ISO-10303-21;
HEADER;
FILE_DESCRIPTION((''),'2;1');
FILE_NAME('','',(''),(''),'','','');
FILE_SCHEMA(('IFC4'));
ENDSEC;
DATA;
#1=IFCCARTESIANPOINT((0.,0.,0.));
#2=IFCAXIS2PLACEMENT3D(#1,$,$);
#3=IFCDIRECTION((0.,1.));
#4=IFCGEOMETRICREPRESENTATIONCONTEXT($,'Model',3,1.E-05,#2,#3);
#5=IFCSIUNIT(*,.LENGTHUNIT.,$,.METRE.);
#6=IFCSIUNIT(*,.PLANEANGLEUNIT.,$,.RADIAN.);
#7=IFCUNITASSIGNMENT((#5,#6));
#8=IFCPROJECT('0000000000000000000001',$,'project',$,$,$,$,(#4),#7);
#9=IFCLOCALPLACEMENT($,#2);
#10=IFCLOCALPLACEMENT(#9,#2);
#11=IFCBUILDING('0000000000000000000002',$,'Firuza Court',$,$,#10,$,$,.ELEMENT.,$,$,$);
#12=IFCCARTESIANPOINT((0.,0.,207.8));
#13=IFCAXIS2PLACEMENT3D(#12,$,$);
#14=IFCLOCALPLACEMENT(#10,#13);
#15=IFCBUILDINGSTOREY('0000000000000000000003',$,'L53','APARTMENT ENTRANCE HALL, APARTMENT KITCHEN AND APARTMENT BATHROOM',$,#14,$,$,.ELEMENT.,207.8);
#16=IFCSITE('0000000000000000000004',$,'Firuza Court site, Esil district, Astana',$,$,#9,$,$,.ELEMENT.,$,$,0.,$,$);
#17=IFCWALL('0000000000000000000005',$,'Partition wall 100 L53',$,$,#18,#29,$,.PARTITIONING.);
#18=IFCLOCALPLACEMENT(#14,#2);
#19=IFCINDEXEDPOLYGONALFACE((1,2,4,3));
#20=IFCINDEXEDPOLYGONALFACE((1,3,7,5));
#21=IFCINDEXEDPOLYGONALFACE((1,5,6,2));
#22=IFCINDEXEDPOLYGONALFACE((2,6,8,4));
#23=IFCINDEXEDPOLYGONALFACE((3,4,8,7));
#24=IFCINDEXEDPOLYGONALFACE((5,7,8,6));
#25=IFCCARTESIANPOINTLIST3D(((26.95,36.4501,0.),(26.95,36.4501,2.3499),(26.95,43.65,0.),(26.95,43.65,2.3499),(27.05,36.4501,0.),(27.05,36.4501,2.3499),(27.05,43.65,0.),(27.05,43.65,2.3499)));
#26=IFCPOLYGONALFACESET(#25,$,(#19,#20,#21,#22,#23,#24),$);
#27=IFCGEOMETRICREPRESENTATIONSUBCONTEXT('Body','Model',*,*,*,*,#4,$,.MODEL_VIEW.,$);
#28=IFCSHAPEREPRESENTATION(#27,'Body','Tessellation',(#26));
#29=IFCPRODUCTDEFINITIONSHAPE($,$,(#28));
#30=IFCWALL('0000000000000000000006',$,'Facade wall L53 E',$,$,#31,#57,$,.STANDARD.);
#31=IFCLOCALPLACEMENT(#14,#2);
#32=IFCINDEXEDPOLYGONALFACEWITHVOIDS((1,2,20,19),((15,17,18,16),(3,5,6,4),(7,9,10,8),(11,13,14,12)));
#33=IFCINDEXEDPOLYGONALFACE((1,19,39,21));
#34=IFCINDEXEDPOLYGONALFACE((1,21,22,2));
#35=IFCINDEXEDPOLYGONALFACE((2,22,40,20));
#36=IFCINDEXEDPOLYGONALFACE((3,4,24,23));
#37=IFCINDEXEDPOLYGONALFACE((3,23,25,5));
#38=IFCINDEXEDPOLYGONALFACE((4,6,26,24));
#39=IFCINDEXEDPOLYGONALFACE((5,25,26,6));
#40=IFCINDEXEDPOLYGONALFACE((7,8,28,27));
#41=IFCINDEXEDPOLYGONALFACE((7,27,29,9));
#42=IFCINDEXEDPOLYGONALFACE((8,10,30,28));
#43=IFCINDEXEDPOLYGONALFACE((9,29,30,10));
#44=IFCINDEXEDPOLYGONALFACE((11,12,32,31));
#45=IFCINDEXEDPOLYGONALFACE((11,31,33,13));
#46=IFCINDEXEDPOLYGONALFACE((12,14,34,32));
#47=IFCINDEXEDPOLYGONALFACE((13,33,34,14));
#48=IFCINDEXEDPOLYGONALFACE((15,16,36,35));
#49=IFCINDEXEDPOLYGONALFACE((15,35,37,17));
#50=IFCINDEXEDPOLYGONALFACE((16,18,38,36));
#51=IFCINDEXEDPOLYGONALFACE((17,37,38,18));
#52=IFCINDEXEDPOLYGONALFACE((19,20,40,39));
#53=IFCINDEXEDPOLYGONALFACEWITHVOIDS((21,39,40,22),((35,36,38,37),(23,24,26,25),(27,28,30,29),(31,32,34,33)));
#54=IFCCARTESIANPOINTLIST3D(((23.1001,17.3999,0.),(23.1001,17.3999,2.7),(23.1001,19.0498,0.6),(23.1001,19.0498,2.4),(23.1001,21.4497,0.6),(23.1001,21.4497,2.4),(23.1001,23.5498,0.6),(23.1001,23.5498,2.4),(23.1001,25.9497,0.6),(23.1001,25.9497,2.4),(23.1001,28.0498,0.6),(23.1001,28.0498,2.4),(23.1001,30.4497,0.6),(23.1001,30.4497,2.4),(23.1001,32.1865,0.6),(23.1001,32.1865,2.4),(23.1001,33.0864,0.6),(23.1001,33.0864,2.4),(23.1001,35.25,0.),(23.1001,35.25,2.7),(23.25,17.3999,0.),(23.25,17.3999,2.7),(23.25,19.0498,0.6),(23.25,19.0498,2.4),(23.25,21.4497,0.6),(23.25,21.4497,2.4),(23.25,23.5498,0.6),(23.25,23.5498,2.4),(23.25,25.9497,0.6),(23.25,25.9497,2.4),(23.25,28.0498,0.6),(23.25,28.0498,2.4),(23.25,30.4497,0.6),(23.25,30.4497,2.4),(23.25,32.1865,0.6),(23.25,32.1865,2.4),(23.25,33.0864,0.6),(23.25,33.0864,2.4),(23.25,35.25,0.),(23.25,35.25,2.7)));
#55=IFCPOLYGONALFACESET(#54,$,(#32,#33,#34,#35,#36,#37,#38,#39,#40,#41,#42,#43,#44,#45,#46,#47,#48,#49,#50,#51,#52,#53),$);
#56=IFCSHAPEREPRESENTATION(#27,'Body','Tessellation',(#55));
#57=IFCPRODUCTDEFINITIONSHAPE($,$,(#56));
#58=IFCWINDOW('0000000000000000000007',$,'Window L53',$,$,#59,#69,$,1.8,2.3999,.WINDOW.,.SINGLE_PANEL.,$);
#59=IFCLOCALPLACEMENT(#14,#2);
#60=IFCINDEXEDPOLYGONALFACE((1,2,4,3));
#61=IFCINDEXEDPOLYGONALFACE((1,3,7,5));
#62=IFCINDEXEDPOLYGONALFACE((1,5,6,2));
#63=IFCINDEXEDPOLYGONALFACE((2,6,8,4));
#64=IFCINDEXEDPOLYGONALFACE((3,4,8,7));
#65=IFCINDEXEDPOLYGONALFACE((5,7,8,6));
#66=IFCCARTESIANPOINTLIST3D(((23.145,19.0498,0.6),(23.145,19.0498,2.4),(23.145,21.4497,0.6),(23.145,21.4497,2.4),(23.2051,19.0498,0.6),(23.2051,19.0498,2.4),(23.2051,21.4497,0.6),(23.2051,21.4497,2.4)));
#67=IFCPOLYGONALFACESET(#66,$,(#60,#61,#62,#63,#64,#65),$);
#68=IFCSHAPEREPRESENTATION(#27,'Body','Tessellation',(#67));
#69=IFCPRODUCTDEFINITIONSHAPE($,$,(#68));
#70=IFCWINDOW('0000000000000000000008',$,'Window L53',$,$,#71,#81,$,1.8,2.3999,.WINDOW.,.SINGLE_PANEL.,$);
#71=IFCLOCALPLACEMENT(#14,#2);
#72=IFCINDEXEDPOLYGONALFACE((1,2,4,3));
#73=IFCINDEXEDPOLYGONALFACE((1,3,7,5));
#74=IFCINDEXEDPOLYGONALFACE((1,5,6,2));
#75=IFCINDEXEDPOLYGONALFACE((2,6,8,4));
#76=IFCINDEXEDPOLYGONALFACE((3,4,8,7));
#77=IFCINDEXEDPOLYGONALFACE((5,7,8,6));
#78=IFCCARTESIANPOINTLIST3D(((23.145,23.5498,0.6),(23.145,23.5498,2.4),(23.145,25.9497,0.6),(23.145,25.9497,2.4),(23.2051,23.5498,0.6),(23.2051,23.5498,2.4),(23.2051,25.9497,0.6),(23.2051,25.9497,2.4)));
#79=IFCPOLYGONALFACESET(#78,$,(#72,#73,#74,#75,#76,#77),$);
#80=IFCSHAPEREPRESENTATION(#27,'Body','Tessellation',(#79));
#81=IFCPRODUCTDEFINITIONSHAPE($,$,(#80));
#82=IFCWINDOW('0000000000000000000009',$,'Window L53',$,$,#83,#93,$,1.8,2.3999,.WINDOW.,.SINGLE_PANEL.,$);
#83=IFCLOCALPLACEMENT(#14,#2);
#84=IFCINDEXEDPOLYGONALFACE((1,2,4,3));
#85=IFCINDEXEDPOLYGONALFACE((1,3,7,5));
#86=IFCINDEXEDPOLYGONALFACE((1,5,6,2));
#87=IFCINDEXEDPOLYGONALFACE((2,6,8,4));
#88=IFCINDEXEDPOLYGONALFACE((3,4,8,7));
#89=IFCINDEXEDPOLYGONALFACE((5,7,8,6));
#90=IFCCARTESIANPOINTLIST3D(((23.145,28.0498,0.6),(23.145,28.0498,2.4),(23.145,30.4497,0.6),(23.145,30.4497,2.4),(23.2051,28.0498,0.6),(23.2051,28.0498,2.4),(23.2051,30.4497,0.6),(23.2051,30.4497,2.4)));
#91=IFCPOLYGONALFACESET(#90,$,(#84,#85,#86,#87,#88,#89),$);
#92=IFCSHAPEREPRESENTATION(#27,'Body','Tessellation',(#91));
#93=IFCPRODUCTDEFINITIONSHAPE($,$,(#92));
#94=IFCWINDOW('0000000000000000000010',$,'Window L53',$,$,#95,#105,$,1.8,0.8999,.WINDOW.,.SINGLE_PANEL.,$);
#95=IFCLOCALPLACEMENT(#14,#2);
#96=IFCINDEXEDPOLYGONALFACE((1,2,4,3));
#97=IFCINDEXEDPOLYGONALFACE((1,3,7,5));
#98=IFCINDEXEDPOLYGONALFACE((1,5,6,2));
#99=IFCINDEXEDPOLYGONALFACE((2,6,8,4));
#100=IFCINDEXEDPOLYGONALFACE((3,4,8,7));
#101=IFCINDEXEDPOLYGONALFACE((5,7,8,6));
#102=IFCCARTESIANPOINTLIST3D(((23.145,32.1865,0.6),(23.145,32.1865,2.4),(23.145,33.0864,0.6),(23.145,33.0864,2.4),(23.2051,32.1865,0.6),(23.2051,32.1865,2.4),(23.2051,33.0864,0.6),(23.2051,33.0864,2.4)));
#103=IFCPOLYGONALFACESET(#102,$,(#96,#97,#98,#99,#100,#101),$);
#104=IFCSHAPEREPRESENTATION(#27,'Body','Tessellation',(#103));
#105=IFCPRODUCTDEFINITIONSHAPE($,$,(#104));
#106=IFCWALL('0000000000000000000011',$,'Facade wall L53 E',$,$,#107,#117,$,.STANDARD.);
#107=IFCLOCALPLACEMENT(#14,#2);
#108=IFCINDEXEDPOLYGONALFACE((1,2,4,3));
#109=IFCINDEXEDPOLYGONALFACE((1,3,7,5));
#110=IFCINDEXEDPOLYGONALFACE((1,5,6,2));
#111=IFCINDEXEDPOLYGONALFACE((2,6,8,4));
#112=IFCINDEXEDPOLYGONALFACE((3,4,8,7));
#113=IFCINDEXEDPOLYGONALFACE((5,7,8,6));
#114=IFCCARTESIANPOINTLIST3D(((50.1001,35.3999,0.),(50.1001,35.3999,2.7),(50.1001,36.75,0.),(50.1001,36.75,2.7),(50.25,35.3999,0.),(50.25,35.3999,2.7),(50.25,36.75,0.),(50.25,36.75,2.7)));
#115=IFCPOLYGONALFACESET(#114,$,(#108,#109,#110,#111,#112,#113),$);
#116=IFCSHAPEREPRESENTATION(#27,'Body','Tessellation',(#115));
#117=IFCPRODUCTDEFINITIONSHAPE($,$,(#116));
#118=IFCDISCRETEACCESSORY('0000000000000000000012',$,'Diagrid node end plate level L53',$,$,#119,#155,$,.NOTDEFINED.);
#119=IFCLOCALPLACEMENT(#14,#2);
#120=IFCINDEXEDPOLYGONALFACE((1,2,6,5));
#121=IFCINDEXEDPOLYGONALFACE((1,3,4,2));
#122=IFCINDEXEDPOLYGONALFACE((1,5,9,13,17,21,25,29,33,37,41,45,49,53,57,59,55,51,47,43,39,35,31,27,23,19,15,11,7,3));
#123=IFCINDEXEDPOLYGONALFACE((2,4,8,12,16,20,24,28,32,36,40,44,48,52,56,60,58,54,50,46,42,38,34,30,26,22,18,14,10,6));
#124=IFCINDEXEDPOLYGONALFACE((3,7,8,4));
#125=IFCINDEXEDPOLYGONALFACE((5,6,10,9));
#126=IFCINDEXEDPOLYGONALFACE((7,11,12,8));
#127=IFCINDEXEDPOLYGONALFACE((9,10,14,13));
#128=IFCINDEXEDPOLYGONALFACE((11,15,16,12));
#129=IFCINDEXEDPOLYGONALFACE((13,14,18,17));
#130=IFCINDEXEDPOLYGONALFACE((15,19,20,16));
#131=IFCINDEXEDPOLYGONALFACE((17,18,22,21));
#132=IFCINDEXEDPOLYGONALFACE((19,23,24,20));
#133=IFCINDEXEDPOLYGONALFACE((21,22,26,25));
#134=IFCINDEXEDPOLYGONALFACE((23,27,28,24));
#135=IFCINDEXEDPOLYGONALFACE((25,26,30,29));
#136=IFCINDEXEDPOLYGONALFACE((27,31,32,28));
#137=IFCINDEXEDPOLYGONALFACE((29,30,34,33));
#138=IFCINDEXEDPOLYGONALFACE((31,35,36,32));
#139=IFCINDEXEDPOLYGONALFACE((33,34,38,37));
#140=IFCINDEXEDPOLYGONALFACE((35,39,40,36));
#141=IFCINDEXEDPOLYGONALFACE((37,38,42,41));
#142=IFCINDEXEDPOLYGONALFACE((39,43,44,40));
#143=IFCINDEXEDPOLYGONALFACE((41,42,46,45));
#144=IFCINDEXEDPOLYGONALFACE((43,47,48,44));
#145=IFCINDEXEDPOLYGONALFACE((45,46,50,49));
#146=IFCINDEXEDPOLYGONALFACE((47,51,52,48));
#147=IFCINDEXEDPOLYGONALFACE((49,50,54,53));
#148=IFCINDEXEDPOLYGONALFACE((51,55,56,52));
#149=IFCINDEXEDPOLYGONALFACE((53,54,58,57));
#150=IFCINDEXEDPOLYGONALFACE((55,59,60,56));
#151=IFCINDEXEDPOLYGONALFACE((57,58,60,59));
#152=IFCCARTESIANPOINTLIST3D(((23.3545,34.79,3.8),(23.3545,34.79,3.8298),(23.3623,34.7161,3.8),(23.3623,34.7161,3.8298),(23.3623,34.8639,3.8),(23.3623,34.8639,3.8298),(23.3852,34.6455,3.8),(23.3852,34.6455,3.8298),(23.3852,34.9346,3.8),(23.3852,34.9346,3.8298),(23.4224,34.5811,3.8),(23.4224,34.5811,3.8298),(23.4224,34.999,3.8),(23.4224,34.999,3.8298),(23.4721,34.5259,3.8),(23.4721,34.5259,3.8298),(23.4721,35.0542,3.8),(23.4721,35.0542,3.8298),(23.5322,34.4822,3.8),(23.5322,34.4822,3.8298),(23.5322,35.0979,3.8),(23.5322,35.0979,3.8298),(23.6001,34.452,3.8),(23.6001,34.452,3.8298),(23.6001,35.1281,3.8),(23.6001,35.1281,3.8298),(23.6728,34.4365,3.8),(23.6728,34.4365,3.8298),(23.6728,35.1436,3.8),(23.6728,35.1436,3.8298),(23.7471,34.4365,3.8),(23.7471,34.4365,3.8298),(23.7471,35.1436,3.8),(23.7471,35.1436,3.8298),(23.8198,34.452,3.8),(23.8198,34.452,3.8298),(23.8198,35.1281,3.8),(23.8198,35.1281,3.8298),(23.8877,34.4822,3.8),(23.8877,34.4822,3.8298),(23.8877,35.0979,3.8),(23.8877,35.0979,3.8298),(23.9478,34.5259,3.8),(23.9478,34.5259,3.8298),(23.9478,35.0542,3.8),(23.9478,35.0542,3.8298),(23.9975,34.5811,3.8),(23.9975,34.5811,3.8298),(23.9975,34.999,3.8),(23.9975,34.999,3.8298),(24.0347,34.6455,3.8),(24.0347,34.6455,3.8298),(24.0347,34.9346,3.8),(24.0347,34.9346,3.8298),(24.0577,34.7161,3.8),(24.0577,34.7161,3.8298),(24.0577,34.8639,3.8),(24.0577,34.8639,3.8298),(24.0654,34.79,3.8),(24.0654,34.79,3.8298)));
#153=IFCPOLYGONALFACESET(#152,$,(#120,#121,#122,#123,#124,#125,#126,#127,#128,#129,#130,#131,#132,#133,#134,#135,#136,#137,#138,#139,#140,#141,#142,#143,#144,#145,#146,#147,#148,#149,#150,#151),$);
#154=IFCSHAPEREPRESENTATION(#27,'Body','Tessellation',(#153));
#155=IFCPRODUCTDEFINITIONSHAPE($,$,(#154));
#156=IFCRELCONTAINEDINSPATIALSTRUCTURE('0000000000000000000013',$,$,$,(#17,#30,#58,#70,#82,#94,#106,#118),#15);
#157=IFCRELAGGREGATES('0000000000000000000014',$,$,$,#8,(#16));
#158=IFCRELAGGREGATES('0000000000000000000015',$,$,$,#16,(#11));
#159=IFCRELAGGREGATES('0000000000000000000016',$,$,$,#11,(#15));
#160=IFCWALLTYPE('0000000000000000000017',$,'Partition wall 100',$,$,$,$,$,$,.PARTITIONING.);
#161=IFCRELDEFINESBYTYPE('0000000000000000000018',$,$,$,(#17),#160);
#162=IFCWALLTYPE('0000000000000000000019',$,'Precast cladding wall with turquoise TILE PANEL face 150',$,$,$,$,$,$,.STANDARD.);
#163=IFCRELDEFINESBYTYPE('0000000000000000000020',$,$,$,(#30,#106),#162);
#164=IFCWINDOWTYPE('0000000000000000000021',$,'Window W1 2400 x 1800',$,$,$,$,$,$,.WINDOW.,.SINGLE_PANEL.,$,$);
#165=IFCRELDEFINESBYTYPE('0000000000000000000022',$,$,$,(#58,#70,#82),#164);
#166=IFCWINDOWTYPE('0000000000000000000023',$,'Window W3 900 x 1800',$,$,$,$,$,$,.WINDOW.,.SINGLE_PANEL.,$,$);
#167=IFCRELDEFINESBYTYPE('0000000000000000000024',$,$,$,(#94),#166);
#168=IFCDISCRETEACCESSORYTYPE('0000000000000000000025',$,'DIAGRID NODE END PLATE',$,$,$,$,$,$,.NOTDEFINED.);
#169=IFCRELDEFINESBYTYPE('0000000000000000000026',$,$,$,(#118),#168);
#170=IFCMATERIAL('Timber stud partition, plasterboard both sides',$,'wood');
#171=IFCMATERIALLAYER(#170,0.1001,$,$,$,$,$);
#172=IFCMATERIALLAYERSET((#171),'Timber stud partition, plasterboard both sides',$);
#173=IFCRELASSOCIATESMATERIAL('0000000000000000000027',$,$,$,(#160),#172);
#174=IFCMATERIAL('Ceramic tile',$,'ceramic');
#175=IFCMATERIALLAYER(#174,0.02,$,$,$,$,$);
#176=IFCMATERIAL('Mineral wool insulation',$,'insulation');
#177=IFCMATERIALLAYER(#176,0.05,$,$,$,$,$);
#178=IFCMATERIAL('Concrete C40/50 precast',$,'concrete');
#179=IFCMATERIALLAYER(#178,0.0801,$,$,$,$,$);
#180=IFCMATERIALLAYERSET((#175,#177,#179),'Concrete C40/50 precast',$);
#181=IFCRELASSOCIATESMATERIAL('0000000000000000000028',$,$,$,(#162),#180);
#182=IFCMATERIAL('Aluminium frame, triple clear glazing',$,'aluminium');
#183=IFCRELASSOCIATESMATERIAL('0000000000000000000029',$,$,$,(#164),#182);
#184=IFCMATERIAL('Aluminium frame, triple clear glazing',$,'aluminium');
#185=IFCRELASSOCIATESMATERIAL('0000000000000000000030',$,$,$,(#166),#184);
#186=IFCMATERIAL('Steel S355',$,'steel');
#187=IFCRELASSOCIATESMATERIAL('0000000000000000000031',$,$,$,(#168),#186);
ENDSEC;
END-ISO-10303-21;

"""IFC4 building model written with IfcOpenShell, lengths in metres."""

from ifc_helpers import new_model, si_unit, direction, frame, frame_2d, origin, origin_2d, place, context, subcontext, project, spatial, rectangle, circle, extrude, material, layer, layer_set, material_profile, profile_set, type_object, element, fill, save


model = new_model("IFC4")

# Units and contexts
model_context = context("Model", 3, precision=1e-05, world=origin(), true_north=direction((0.0, 1.0)))
body_context = subcontext(model_context, "Body", "Model", "MODEL_VIEW")
ifc_project = project(units=[si_unit("LENGTHUNIT", "METRE"), si_unit("PLANEANGLEUNIT", "RADIAN")], contexts=[model_context])

# Site, building, storey
site_placement = place(None, origin())
site = spatial("IfcSite", under=ifc_project, at=site_placement, Name="Firuza Court site, Esil district, Astana", CompositionType="ELEMENT", RefElevation=0.0)
building_placement = place(site_placement, origin())
building = spatial("IfcBuilding", under=site, at=building_placement, Name="Firuza Court", CompositionType="ELEMENT")
storey_placement = place(building_placement, frame((0.0, 0.0, 207.8)))
storey = spatial("IfcBuildingStorey", under=building, at=storey_placement, Name="L53", Description="APARTMENT ENTRANCE HALL, APARTMENT KITCHEN AND APARTMENT BATHROOM", CompositionType="ELEMENT", Elevation=207.8)

# Wall
ifc_material_1 = material(Name="Timber stud partition, plasterboard both sides", Category="wood")
ifc_layer_1 = layer(ifc_material_1, 0.1001)
ifc_layer_set_1 = layer_set([ifc_layer_1], Name="Timber stud partition, plasterboard both sides")
wall_type_1 = type_object("IfcWallType", Name="Partition wall 100", PredefinedType="PARTITIONING", material=ifc_layer_set_1)
wall_1_placement = place(storey_placement, frame((27.0, 36.45, 0.0), z_axis=(0.0, 0.0, 1.0), x_axis=(0.0, 1.0, 0.0)))
element("IfcWall", 1, at=wall_1_placement, inside=storey, type_object=wall_type_1, Name="Partition wall 100 L53", PredefinedType="PARTITIONING", context=body_context, shape_type="SweptSolid", body=[
    extrude(rectangle(XDim=7.2, YDim=0.1001, at=frame_2d((3.6001, 0.0))), origin(), (0.0, 0.0, 1.0), 2.3499),
])

# Wall, openings, windows
ifc_material_2 = material(Name="Ceramic tile", Category="ceramic")
ifc_layer_2 = layer(ifc_material_2, 0.02)
ifc_material_3 = material(Name="Mineral wool insulation", Category="insulation")
ifc_layer_3 = layer(ifc_material_3, 0.05)
ifc_material_4 = material(Name="Concrete C40/50 precast", Category="concrete")
ifc_layer_4 = layer(ifc_material_4, 0.0801)
ifc_layer_set_2 = layer_set([ifc_layer_2, ifc_layer_3, ifc_layer_4], Name="Concrete C40/50 precast")
wall_type_2 = type_object("IfcWallType", Name="Precast cladding wall with turquoise TILE PANEL face 150", PredefinedType="STANDARD", material=ifc_layer_set_2)
wall_2_placement = place(storey_placement, frame((23.175, 17.3999, 0.0), z_axis=(0.0, 0.0, 1.0), x_axis=(0.0, 1.0, 0.0)))
wall_2 = element("IfcWall", 2, at=wall_2_placement, inside=storey, type_object=wall_type_2, Name="Facade wall L53 E", PredefinedType="STANDARD", context=body_context, shape_type="SweptSolid", body=[
    extrude(rectangle(XDim=17.8501, YDim=0.1499, at=frame_2d((8.925, 0.0))), origin(), (0.0, 0.0, 1.0), 2.7),
])
opening_1_placement = place(wall_2_placement, frame((1.6499, 0.0, 0.6001)))
opening_1 = element("IfcOpeningElement", 3, at=opening_1_placement, cuts=wall_2, PredefinedType="OPENING", context=body_context, shape_type="SweptSolid", body=[
    extrude(rectangle(XDim=2.3999, YDim=1.8, at=frame_2d((1.2, 0.8999))), frame((0.0, 0.0869, 0.0), z_axis=(0.0, -1.0, 0.0), x_axis=(1.0, 0.0, 0.0)), (0.0, 0.0, 1.0), 0.1738),
])
opening_2_placement = place(wall_2_placement, frame((6.1499, 0.0, 0.6001)))
opening_2 = element("IfcOpeningElement", 4, at=opening_2_placement, cuts=wall_2, PredefinedType="OPENING", context=body_context, shape_type="SweptSolid", body=[
    extrude(rectangle(XDim=2.3999, YDim=1.8, at=frame_2d((1.2, 0.8999))), frame((0.0, 0.0869, 0.0), z_axis=(0.0, -1.0, 0.0), x_axis=(1.0, 0.0, 0.0)), (0.0, 0.0, 1.0), 0.1738),
])
opening_3_placement = place(wall_2_placement, frame((10.6499, 0.0, 0.6001)))
opening_3 = element("IfcOpeningElement", 5, at=opening_3_placement, cuts=wall_2, PredefinedType="OPENING", context=body_context, shape_type="SweptSolid", body=[
    extrude(rectangle(XDim=2.3999, YDim=1.8, at=frame_2d((1.2, 0.8999))), frame((0.0, 0.0869, 0.0), z_axis=(0.0, -1.0, 0.0), x_axis=(1.0, 0.0, 0.0)), (0.0, 0.0, 1.0), 0.1738),
])
opening_4_placement = place(wall_2_placement, frame((14.7866, 0.0, 0.6001)))
opening_4 = element("IfcOpeningElement", 6, at=opening_4_placement, cuts=wall_2, PredefinedType="OPENING", context=body_context, shape_type="SweptSolid", body=[
    extrude(rectangle(XDim=0.8999, YDim=1.8, at=frame_2d((0.45, 0.8999))), frame((0.0, 0.0869, 0.0), z_axis=(0.0, -1.0, 0.0), x_axis=(1.0, 0.0, 0.0)), (0.0, 0.0, 1.0), 0.1738),
])
ifc_material_5 = material(Name="Aluminium frame, triple clear glazing", Category="aluminium")
window_type_1 = type_object("IfcWindowType", Name="Window W1 2400 x 1800", PartitioningType="SINGLE_PANEL", PredefinedType="WINDOW", material=ifc_material_5)
window_1_placement = place(opening_1_placement, origin())
window_1 = element("IfcWindow", 7, at=window_1_placement, inside=storey, type_object=window_type_1, Name="Window L53", OverallHeight=1.8, OverallWidth=2.3999, PartitioningType="SINGLE_PANEL", PredefinedType="WINDOW", context=body_context, shape_type="SweptSolid", body=[
    extrude(rectangle(XDim=2.3999, YDim=1.8, at=frame_2d((1.2, 0.8999))), frame((0.0, 0.03, 0.0), z_axis=(0.0, -1.0, 0.0), x_axis=(1.0, 0.0, 0.0)), (0.0, 0.0, 1.0), 0.0601),
])
fill(opening_1, window_1)
window_2_placement = place(opening_2_placement, origin())
window_2 = element("IfcWindow", 8, at=window_2_placement, inside=storey, type_object=window_type_1, Name="Window L53", OverallHeight=1.8, OverallWidth=2.3999, PartitioningType="SINGLE_PANEL", PredefinedType="WINDOW", context=body_context, shape_type="SweptSolid", body=[
    extrude(rectangle(XDim=2.3999, YDim=1.8, at=frame_2d((1.2, 0.8999))), frame((0.0, 0.03, 0.0), z_axis=(0.0, -1.0, 0.0), x_axis=(1.0, 0.0, 0.0)), (0.0, 0.0, 1.0), 0.0601),
])
fill(opening_2, window_2)
window_3_placement = place(opening_3_placement, origin())
window_3 = element("IfcWindow", 9, at=window_3_placement, inside=storey, type_object=window_type_1, Name="Window L53", OverallHeight=1.8, OverallWidth=2.3999, PartitioningType="SINGLE_PANEL", PredefinedType="WINDOW", context=body_context, shape_type="SweptSolid", body=[
    extrude(rectangle(XDim=2.3999, YDim=1.8, at=frame_2d((1.2, 0.8999))), frame((0.0, 0.03, 0.0), z_axis=(0.0, -1.0, 0.0), x_axis=(1.0, 0.0, 0.0)), (0.0, 0.0, 1.0), 0.0601),
])
fill(opening_3, window_3)
ifc_material_6 = material(Name="Aluminium frame, triple clear glazing", Category="aluminium")
window_type_2 = type_object("IfcWindowType", Name="Window W3 900 x 1800", PartitioningType="SINGLE_PANEL", PredefinedType="WINDOW", material=ifc_material_6)
window_4_placement = place(opening_4_placement, origin())
window_4 = element("IfcWindow", 10, at=window_4_placement, inside=storey, type_object=window_type_2, Name="Window L53", OverallHeight=1.8, OverallWidth=0.8999, PartitioningType="SINGLE_PANEL", PredefinedType="WINDOW", context=body_context, shape_type="SweptSolid", body=[
    extrude(rectangle(XDim=0.8999, YDim=1.8, at=frame_2d((0.45, 0.8999))), frame((0.0, 0.03, 0.0), z_axis=(0.0, -1.0, 0.0), x_axis=(1.0, 0.0, 0.0)), (0.0, 0.0, 1.0), 0.0601),
])
fill(opening_4, window_4)

# Wall
wall_3_placement = place(storey_placement, frame((50.175, 35.3999, 0.0), z_axis=(0.0, 0.0, 1.0), x_axis=(0.0, 1.0, 0.0)))
element("IfcWall", 11, at=wall_3_placement, inside=storey, type_object=wall_type_2, Name="Facade wall L53 E", PredefinedType="STANDARD", context=body_context, shape_type="SweptSolid", body=[
    extrude(rectangle(XDim=1.3501, YDim=0.1499, at=frame_2d((0.675, 0.0))), origin(), (0.0, 0.0, 1.0), 2.7),
])

# Discrete accessory
ifc_material_7 = material(Name="Steel S355", Category="steel")
ifc_material_profile_1 = material_profile(ifc_material_7, circle(Radius=0.3555, at=origin_2d()), Name="PL D711")
ifc_profile_set_1 = profile_set([ifc_material_profile_1], Name="Steel S355")
discrete_accessory_type = type_object("IfcDiscreteAccessoryType", Name="DIAGRID NODE END PLATE", PredefinedType="NOTDEFINED", material=ifc_profile_set_1)
discrete_accessory_1_placement = place(storey_placement, frame((23.71, 34.79, 3.8), z_axis=(0.0, 0.0, 1.0), x_axis=(1.0, 0.0, 0.0)))
element("IfcDiscreteAccessory", 12, at=discrete_accessory_1_placement, inside=storey, type_object=discrete_accessory_type, Name="Diagrid node end plate level L53", PredefinedType="NOTDEFINED", context=body_context, shape_type="SweptSolid", body=[
    extrude(circle(Radius=0.3555, at=origin_2d()), origin(), (0.0, 0.0, 1.0), 0.0298),
])

save(model, "model.ifc")
